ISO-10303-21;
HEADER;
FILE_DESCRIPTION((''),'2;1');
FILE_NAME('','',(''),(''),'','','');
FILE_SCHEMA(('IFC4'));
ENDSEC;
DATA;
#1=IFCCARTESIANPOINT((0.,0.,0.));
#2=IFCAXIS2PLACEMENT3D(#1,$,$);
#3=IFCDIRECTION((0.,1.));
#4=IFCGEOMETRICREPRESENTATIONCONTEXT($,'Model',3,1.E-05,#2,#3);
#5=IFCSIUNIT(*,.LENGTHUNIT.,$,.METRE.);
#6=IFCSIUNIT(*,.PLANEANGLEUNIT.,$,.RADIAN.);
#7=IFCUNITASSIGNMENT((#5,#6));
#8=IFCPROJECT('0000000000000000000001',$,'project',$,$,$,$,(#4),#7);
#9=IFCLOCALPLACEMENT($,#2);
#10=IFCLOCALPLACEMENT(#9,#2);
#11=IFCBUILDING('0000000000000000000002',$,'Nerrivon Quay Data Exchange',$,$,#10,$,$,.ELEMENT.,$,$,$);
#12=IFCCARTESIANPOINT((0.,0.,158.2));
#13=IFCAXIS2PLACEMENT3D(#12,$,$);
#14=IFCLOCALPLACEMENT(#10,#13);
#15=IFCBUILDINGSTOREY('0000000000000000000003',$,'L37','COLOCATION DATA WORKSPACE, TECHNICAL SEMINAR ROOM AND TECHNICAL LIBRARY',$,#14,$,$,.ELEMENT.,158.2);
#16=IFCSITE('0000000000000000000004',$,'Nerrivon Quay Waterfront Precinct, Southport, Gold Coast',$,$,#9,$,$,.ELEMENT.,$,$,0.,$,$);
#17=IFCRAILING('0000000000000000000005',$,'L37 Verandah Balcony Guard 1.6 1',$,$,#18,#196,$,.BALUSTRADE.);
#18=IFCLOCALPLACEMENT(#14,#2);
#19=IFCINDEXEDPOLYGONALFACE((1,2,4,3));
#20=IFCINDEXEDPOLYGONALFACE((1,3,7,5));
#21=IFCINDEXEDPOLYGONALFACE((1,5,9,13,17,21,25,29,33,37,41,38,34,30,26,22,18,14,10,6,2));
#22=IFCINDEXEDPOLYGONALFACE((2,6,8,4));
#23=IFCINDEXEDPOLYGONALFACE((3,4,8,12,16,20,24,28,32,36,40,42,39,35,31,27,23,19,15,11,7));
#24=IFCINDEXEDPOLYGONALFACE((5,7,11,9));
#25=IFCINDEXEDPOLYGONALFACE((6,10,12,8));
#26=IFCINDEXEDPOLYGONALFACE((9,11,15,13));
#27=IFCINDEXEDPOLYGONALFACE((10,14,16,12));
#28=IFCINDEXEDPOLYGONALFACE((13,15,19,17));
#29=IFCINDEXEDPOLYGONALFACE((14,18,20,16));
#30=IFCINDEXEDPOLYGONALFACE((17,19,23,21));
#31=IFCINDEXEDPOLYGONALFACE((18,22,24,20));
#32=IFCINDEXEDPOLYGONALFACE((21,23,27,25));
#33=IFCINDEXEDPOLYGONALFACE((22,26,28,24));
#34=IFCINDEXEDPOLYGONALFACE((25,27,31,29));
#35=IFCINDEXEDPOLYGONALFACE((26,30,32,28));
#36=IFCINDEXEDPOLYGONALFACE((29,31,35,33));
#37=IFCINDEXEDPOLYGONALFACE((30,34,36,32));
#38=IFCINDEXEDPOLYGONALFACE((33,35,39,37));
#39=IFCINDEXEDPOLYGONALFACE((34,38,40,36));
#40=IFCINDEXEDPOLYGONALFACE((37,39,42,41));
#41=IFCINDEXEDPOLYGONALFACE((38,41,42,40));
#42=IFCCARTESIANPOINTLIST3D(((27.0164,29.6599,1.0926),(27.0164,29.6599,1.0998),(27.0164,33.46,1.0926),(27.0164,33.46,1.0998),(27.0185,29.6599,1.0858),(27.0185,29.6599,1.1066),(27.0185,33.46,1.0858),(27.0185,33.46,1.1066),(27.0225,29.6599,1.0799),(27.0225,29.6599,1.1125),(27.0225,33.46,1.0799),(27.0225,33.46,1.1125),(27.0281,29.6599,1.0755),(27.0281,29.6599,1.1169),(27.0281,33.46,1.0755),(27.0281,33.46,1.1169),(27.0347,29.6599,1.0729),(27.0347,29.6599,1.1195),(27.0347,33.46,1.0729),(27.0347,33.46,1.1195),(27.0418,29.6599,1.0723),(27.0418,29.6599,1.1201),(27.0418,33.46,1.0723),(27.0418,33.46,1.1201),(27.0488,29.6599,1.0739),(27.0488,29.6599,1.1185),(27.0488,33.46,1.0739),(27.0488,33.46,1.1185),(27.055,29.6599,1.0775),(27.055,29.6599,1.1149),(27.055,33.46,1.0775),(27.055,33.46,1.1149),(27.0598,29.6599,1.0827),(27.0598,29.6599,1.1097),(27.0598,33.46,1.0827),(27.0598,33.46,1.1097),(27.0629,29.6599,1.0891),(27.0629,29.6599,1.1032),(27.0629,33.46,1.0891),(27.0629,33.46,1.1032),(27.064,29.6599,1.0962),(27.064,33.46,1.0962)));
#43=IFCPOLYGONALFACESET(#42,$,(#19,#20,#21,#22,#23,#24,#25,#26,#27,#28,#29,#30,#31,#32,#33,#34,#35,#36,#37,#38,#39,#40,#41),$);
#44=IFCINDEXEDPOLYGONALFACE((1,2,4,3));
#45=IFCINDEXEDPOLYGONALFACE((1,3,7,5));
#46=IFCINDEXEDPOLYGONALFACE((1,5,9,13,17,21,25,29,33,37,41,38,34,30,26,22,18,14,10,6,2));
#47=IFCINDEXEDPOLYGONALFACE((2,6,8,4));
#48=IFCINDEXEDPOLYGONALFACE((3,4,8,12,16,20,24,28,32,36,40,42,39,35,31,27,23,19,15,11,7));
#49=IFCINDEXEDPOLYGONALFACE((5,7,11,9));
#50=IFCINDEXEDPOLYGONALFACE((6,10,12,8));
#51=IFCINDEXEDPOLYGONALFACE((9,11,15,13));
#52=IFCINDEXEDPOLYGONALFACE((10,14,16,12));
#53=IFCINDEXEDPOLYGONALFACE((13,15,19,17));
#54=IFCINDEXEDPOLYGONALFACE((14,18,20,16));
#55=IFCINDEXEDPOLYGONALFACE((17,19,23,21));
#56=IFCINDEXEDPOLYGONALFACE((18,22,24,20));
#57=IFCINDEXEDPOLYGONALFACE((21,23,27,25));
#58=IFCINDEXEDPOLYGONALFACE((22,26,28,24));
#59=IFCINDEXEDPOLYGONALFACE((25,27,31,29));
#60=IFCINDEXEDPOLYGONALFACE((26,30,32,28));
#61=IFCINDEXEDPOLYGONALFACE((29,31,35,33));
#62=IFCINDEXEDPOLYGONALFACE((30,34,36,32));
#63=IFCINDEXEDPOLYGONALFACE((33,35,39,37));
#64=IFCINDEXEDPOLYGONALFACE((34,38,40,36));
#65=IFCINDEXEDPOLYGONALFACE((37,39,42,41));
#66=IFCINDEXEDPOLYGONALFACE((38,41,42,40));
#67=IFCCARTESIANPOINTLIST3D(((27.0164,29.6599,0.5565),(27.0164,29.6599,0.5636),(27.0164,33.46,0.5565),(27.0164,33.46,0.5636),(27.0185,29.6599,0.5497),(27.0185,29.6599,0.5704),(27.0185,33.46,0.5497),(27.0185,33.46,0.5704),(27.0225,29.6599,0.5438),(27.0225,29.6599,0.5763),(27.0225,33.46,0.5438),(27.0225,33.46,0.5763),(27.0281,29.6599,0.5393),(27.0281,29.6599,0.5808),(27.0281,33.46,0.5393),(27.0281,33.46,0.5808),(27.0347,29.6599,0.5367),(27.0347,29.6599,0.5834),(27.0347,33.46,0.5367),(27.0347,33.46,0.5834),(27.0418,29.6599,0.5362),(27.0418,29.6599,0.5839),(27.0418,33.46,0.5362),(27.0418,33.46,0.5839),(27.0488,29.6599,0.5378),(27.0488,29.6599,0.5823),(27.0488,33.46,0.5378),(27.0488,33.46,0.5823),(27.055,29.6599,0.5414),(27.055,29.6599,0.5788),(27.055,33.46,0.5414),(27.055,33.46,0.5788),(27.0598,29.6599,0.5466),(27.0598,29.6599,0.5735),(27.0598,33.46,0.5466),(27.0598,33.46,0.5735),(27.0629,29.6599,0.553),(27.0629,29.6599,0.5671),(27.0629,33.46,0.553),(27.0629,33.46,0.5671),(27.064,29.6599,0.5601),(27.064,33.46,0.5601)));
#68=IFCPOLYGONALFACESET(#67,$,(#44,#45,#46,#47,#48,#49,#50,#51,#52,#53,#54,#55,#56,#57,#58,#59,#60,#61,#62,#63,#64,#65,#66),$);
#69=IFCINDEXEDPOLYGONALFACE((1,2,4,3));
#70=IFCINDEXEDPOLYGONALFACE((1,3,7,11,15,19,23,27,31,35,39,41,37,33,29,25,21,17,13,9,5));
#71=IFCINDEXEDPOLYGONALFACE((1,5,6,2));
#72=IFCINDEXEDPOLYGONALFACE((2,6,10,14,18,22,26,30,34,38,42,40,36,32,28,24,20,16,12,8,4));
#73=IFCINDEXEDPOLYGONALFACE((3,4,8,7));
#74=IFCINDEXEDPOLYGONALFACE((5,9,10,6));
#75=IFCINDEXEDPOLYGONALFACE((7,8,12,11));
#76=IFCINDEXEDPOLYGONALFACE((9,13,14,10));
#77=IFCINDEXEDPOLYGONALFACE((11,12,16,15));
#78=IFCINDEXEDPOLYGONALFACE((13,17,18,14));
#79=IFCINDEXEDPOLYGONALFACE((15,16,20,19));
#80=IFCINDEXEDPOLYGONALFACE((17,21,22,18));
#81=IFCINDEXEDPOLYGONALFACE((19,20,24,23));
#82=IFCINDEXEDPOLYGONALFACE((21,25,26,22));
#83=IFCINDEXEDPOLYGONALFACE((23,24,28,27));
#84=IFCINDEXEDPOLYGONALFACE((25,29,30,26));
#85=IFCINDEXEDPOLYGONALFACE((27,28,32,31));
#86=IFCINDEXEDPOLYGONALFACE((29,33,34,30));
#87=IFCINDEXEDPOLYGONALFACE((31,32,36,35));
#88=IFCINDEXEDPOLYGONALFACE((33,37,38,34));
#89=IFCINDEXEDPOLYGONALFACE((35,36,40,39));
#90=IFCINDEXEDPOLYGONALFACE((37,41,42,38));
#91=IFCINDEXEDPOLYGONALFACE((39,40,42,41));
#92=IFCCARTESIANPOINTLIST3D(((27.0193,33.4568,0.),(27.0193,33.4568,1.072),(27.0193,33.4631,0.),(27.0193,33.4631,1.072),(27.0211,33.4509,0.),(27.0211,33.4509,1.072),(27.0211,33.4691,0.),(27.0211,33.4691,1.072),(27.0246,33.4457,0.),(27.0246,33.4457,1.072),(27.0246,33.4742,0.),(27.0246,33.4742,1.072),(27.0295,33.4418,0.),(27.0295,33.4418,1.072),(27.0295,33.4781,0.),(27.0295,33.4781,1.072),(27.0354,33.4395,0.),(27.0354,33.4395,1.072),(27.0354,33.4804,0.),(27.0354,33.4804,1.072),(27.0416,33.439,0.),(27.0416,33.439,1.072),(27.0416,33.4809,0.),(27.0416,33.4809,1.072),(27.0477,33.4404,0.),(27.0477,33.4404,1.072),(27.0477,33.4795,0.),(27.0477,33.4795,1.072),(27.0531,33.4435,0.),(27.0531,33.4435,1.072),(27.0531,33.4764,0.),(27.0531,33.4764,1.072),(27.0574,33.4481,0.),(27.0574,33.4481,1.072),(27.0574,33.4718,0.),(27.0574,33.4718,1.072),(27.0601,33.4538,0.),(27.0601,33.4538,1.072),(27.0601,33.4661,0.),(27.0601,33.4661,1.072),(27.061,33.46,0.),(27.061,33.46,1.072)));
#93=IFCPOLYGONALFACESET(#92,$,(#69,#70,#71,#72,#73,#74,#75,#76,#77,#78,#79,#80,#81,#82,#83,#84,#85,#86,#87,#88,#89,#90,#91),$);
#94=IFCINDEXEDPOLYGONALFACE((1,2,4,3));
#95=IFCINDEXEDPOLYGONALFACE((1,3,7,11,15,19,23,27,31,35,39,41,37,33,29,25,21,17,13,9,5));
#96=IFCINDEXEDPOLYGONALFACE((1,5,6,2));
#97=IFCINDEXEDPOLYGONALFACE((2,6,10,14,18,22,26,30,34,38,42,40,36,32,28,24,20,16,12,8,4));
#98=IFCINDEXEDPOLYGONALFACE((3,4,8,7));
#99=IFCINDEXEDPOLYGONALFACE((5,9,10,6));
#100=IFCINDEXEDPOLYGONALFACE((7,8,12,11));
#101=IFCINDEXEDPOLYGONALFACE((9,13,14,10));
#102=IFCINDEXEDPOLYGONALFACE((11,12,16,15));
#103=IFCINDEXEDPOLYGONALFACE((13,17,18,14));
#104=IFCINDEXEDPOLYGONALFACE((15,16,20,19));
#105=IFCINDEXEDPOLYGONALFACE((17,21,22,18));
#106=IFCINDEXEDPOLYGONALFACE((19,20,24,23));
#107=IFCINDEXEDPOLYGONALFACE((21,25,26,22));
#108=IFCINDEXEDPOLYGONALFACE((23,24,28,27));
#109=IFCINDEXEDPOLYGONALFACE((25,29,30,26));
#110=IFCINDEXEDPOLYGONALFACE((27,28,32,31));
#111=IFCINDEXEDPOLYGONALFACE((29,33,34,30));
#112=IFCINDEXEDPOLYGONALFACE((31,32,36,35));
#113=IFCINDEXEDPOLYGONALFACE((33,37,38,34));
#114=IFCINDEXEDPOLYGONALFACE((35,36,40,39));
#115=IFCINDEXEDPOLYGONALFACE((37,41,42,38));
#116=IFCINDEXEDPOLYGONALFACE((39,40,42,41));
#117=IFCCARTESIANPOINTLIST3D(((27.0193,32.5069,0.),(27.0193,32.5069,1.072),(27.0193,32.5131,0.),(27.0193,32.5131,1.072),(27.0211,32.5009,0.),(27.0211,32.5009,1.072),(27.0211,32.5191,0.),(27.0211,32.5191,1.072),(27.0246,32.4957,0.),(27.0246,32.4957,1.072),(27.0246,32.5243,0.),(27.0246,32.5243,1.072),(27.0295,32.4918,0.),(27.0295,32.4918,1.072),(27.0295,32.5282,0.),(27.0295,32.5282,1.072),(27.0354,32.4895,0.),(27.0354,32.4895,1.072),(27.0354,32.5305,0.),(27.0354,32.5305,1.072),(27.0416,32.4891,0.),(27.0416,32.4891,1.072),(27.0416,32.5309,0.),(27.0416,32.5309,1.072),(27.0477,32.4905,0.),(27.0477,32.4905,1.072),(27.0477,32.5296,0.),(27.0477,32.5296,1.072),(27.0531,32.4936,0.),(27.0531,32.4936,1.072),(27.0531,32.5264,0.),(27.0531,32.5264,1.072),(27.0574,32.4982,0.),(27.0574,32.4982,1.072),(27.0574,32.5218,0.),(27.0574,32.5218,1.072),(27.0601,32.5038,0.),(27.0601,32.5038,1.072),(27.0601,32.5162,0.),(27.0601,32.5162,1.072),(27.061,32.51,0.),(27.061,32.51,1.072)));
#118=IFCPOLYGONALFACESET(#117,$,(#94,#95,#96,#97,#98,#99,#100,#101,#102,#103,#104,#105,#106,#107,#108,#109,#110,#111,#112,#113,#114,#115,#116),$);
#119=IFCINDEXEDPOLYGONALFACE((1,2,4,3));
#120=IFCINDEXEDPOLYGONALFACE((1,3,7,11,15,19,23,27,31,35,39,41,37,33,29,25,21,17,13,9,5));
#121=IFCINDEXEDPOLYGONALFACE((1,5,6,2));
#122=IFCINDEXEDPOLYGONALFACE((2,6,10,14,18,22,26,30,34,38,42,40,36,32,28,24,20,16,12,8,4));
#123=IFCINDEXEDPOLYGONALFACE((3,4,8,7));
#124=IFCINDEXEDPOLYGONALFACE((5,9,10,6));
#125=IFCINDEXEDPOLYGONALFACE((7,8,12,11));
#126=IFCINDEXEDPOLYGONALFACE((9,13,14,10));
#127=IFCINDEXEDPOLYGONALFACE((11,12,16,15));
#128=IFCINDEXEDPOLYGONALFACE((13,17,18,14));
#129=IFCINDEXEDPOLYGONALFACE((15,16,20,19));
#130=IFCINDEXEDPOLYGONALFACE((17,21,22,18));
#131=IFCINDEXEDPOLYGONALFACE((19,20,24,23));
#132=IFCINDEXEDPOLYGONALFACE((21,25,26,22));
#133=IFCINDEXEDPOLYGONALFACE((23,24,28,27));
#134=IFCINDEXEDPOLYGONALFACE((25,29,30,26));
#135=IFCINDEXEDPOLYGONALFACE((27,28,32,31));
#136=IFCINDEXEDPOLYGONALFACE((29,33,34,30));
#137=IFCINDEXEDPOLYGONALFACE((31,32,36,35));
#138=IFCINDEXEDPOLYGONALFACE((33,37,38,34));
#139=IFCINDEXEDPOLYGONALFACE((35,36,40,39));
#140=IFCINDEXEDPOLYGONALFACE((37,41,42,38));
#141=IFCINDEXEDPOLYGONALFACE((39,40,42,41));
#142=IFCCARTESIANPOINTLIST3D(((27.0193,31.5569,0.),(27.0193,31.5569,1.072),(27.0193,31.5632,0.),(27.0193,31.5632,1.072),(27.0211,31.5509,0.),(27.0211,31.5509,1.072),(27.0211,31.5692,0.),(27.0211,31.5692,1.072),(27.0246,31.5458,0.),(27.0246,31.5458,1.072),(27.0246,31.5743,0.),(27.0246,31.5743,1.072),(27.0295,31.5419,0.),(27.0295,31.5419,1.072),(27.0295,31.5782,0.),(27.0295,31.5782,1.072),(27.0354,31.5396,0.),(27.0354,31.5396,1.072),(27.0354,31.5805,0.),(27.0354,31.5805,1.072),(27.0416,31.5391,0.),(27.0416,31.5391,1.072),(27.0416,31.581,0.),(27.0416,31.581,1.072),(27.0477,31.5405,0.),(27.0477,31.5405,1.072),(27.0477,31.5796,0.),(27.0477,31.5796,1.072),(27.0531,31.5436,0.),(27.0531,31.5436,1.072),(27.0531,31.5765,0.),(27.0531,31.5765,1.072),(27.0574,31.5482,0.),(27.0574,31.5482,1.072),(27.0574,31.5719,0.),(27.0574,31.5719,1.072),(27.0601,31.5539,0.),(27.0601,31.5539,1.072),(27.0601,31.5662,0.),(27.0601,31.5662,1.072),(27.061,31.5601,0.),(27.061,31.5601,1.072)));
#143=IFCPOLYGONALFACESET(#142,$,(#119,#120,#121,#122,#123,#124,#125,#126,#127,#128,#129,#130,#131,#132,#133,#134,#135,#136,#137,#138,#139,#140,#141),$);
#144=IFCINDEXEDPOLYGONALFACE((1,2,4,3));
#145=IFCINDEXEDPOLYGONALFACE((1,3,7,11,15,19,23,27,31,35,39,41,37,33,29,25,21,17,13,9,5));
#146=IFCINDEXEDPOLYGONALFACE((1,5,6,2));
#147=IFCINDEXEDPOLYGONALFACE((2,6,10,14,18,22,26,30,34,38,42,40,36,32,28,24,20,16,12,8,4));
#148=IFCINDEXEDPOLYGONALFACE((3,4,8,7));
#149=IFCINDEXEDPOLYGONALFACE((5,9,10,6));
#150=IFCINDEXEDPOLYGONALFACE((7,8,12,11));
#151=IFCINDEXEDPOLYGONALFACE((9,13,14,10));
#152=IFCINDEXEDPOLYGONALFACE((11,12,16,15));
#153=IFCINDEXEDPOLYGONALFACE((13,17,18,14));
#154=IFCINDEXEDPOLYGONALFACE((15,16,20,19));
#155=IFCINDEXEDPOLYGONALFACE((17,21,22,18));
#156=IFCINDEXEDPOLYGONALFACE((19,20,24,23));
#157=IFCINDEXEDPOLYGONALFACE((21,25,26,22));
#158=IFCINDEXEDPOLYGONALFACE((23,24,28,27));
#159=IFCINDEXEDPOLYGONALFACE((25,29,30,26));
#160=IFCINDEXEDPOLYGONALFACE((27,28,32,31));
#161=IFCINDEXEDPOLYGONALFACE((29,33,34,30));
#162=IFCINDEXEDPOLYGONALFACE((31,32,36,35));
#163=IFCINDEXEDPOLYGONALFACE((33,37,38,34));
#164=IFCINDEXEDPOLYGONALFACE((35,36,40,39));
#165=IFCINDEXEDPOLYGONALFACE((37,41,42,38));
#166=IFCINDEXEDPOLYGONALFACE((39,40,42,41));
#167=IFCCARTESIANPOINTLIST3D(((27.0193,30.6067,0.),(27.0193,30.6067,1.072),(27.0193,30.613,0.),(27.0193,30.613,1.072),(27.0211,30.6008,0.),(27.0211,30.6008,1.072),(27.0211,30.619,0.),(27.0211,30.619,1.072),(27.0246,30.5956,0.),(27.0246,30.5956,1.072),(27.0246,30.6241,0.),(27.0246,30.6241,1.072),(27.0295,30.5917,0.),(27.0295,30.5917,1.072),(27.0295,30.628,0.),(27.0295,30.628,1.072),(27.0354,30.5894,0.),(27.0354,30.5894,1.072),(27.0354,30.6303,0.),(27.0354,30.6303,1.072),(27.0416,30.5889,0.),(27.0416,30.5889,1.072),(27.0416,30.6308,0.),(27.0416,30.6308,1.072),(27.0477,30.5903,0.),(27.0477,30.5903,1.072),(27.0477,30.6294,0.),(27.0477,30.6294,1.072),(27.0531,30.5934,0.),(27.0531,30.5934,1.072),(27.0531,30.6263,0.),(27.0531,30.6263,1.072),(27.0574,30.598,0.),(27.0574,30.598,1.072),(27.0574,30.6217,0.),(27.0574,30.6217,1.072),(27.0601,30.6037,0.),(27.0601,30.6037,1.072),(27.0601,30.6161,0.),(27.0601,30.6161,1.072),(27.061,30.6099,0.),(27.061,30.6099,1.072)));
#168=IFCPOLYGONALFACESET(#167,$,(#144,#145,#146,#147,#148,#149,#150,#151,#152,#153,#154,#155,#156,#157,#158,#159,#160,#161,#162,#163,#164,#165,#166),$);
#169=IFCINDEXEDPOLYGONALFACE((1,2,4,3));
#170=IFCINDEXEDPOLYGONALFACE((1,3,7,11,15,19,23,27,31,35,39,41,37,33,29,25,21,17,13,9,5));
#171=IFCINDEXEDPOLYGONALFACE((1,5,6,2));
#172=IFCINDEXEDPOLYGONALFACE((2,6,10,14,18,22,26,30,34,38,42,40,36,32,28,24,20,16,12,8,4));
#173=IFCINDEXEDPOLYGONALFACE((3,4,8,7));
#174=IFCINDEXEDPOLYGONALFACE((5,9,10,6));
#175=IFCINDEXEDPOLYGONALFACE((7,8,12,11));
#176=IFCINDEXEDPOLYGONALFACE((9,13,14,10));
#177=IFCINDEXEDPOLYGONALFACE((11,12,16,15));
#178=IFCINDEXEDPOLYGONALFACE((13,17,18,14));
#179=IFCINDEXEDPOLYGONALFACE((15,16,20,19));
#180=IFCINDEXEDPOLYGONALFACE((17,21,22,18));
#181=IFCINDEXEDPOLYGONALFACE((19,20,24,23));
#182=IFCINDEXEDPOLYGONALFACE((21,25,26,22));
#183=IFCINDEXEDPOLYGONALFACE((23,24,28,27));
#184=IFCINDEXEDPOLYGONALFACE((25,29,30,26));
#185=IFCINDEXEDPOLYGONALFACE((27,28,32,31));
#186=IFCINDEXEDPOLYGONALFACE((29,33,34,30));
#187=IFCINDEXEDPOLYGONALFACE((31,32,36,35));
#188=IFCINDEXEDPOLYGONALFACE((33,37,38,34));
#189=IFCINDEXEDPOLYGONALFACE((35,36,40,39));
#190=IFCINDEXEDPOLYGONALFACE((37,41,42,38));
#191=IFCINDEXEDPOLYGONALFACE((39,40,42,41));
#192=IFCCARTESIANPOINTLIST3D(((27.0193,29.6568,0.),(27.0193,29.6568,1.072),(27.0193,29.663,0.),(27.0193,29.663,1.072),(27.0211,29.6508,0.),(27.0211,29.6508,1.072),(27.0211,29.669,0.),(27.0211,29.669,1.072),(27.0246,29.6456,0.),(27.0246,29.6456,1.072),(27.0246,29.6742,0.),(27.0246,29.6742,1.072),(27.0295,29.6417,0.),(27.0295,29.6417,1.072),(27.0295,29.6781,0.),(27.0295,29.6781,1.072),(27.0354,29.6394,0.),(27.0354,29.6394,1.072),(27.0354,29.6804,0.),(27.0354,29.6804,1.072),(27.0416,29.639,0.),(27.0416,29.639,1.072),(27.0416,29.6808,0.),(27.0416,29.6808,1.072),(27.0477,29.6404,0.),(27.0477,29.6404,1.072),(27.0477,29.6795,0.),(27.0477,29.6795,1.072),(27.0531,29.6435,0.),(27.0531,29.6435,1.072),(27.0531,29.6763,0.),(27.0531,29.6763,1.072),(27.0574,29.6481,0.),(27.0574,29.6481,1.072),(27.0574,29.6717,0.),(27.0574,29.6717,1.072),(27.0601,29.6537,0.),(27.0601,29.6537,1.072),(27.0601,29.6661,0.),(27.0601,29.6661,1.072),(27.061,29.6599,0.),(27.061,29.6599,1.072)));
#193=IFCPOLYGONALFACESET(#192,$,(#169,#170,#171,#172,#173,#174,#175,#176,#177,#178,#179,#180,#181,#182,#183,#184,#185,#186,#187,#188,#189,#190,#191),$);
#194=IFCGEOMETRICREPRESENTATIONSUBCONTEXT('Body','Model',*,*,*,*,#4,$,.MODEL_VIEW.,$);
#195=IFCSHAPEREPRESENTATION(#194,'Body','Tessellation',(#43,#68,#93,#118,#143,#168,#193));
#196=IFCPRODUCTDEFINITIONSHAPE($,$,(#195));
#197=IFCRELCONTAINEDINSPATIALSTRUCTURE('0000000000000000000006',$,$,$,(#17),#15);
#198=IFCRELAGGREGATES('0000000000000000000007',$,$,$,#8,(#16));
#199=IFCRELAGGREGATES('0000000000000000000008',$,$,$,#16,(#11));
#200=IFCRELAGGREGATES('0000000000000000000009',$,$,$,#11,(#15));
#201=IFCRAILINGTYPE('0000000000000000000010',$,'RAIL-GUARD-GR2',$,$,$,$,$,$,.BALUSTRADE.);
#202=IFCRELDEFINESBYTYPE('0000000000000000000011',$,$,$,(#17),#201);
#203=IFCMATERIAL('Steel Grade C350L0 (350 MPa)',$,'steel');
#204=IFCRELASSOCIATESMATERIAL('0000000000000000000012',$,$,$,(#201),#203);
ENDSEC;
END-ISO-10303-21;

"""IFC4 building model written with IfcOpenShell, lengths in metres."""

from ifc_helpers import new_model, si_unit, direction, frame, origin, origin_2d, place, context, subcontext, project, spatial, circle, extrude, material, type_object, element, save


model = new_model("IFC4")

# Units and contexts
model_context = context("Model", 3, precision=1e-05, world=origin(), true_north=direction((0.0, 1.0)))
body_context = subcontext(model_context, "Body", "Model", "MODEL_VIEW")
ifc_project = project(units=[si_unit("LENGTHUNIT", "METRE"), si_unit("PLANEANGLEUNIT", "RADIAN")], contexts=[model_context])

# Site, building, storey
site_placement = place(None, origin())
site = spatial("IfcSite", under=ifc_project, at=site_placement, Name="Nerrivon Quay Waterfront Precinct, Southport, Gold Coast", CompositionType="ELEMENT", RefElevation=0.0)
building_placement = place(site_placement, origin())
building = spatial("IfcBuilding", under=site, at=building_placement, Name="Nerrivon Quay Data Exchange", CompositionType="ELEMENT")
storey_placement = place(building_placement, frame((0.0, 0.0, 158.2)))
storey = spatial("IfcBuildingStorey", under=building, at=storey_placement, Name="L37", Description="COLOCATION DATA WORKSPACE, TECHNICAL SEMINAR ROOM AND TECHNICAL LIBRARY", CompositionType="ELEMENT", Elevation=158.2)

# Railing
ifc_material_1 = material(Name="Steel Grade C350L0 (350 MPa)", Category="steel")
railing_type = type_object("IfcRailingType", Name="RAIL-GUARD-GR2", PredefinedType="BALUSTRADE", material=ifc_material_1)
railing_1_placement = place(storey_placement, frame((27.04, 33.46, 0.0)))
element("IfcRailing", 1, at=railing_1_placement, inside=storey, type_object=railing_type, Name="L37 Verandah Balcony Guard 1.6 1", PredefinedType="BALUSTRADE", context=body_context, shape_type="SweptSolid", body=[
    extrude(circle(Radius=0.0239, at=origin_2d()), frame((0.0, 0.0, 1.0962), z_axis=(0.0, -1.0, 0.0), x_axis=(1.0, 0.0, 0.0)), (0.0, 0.0, 1.0), 3.8),
    extrude(circle(Radius=0.0239, at=origin_2d()), frame((0.0, 0.0, 0.5601), z_axis=(0.0, -1.0, 0.0), x_axis=(1.0, 0.0, 0.0)), (0.0, 0.0, 1.0), 3.8),
    extrude(circle(Radius=0.021, at=origin_2d()), origin(), (0.0, 0.0, 1.0), 1.072),
    extrude(circle(Radius=0.021, at=origin_2d()), frame((0.0, -0.95, 0.0)), (0.0, 0.0, 1.0), 1.072),
    extrude(circle(Radius=0.021, at=origin_2d()), frame((0.0, -1.8999, 0.0)), (0.0, 0.0, 1.0), 1.072),
    extrude(circle(Radius=0.021, at=origin_2d()), frame((0.0, -2.8501, 0.0)), (0.0, 0.0, 1.0), 1.072),
    extrude(circle(Radius=0.021, at=origin_2d()), frame((0.0, -3.8, 0.0)), (0.0, 0.0, 1.0), 1.072),
])

save(model, "model.ifc")
